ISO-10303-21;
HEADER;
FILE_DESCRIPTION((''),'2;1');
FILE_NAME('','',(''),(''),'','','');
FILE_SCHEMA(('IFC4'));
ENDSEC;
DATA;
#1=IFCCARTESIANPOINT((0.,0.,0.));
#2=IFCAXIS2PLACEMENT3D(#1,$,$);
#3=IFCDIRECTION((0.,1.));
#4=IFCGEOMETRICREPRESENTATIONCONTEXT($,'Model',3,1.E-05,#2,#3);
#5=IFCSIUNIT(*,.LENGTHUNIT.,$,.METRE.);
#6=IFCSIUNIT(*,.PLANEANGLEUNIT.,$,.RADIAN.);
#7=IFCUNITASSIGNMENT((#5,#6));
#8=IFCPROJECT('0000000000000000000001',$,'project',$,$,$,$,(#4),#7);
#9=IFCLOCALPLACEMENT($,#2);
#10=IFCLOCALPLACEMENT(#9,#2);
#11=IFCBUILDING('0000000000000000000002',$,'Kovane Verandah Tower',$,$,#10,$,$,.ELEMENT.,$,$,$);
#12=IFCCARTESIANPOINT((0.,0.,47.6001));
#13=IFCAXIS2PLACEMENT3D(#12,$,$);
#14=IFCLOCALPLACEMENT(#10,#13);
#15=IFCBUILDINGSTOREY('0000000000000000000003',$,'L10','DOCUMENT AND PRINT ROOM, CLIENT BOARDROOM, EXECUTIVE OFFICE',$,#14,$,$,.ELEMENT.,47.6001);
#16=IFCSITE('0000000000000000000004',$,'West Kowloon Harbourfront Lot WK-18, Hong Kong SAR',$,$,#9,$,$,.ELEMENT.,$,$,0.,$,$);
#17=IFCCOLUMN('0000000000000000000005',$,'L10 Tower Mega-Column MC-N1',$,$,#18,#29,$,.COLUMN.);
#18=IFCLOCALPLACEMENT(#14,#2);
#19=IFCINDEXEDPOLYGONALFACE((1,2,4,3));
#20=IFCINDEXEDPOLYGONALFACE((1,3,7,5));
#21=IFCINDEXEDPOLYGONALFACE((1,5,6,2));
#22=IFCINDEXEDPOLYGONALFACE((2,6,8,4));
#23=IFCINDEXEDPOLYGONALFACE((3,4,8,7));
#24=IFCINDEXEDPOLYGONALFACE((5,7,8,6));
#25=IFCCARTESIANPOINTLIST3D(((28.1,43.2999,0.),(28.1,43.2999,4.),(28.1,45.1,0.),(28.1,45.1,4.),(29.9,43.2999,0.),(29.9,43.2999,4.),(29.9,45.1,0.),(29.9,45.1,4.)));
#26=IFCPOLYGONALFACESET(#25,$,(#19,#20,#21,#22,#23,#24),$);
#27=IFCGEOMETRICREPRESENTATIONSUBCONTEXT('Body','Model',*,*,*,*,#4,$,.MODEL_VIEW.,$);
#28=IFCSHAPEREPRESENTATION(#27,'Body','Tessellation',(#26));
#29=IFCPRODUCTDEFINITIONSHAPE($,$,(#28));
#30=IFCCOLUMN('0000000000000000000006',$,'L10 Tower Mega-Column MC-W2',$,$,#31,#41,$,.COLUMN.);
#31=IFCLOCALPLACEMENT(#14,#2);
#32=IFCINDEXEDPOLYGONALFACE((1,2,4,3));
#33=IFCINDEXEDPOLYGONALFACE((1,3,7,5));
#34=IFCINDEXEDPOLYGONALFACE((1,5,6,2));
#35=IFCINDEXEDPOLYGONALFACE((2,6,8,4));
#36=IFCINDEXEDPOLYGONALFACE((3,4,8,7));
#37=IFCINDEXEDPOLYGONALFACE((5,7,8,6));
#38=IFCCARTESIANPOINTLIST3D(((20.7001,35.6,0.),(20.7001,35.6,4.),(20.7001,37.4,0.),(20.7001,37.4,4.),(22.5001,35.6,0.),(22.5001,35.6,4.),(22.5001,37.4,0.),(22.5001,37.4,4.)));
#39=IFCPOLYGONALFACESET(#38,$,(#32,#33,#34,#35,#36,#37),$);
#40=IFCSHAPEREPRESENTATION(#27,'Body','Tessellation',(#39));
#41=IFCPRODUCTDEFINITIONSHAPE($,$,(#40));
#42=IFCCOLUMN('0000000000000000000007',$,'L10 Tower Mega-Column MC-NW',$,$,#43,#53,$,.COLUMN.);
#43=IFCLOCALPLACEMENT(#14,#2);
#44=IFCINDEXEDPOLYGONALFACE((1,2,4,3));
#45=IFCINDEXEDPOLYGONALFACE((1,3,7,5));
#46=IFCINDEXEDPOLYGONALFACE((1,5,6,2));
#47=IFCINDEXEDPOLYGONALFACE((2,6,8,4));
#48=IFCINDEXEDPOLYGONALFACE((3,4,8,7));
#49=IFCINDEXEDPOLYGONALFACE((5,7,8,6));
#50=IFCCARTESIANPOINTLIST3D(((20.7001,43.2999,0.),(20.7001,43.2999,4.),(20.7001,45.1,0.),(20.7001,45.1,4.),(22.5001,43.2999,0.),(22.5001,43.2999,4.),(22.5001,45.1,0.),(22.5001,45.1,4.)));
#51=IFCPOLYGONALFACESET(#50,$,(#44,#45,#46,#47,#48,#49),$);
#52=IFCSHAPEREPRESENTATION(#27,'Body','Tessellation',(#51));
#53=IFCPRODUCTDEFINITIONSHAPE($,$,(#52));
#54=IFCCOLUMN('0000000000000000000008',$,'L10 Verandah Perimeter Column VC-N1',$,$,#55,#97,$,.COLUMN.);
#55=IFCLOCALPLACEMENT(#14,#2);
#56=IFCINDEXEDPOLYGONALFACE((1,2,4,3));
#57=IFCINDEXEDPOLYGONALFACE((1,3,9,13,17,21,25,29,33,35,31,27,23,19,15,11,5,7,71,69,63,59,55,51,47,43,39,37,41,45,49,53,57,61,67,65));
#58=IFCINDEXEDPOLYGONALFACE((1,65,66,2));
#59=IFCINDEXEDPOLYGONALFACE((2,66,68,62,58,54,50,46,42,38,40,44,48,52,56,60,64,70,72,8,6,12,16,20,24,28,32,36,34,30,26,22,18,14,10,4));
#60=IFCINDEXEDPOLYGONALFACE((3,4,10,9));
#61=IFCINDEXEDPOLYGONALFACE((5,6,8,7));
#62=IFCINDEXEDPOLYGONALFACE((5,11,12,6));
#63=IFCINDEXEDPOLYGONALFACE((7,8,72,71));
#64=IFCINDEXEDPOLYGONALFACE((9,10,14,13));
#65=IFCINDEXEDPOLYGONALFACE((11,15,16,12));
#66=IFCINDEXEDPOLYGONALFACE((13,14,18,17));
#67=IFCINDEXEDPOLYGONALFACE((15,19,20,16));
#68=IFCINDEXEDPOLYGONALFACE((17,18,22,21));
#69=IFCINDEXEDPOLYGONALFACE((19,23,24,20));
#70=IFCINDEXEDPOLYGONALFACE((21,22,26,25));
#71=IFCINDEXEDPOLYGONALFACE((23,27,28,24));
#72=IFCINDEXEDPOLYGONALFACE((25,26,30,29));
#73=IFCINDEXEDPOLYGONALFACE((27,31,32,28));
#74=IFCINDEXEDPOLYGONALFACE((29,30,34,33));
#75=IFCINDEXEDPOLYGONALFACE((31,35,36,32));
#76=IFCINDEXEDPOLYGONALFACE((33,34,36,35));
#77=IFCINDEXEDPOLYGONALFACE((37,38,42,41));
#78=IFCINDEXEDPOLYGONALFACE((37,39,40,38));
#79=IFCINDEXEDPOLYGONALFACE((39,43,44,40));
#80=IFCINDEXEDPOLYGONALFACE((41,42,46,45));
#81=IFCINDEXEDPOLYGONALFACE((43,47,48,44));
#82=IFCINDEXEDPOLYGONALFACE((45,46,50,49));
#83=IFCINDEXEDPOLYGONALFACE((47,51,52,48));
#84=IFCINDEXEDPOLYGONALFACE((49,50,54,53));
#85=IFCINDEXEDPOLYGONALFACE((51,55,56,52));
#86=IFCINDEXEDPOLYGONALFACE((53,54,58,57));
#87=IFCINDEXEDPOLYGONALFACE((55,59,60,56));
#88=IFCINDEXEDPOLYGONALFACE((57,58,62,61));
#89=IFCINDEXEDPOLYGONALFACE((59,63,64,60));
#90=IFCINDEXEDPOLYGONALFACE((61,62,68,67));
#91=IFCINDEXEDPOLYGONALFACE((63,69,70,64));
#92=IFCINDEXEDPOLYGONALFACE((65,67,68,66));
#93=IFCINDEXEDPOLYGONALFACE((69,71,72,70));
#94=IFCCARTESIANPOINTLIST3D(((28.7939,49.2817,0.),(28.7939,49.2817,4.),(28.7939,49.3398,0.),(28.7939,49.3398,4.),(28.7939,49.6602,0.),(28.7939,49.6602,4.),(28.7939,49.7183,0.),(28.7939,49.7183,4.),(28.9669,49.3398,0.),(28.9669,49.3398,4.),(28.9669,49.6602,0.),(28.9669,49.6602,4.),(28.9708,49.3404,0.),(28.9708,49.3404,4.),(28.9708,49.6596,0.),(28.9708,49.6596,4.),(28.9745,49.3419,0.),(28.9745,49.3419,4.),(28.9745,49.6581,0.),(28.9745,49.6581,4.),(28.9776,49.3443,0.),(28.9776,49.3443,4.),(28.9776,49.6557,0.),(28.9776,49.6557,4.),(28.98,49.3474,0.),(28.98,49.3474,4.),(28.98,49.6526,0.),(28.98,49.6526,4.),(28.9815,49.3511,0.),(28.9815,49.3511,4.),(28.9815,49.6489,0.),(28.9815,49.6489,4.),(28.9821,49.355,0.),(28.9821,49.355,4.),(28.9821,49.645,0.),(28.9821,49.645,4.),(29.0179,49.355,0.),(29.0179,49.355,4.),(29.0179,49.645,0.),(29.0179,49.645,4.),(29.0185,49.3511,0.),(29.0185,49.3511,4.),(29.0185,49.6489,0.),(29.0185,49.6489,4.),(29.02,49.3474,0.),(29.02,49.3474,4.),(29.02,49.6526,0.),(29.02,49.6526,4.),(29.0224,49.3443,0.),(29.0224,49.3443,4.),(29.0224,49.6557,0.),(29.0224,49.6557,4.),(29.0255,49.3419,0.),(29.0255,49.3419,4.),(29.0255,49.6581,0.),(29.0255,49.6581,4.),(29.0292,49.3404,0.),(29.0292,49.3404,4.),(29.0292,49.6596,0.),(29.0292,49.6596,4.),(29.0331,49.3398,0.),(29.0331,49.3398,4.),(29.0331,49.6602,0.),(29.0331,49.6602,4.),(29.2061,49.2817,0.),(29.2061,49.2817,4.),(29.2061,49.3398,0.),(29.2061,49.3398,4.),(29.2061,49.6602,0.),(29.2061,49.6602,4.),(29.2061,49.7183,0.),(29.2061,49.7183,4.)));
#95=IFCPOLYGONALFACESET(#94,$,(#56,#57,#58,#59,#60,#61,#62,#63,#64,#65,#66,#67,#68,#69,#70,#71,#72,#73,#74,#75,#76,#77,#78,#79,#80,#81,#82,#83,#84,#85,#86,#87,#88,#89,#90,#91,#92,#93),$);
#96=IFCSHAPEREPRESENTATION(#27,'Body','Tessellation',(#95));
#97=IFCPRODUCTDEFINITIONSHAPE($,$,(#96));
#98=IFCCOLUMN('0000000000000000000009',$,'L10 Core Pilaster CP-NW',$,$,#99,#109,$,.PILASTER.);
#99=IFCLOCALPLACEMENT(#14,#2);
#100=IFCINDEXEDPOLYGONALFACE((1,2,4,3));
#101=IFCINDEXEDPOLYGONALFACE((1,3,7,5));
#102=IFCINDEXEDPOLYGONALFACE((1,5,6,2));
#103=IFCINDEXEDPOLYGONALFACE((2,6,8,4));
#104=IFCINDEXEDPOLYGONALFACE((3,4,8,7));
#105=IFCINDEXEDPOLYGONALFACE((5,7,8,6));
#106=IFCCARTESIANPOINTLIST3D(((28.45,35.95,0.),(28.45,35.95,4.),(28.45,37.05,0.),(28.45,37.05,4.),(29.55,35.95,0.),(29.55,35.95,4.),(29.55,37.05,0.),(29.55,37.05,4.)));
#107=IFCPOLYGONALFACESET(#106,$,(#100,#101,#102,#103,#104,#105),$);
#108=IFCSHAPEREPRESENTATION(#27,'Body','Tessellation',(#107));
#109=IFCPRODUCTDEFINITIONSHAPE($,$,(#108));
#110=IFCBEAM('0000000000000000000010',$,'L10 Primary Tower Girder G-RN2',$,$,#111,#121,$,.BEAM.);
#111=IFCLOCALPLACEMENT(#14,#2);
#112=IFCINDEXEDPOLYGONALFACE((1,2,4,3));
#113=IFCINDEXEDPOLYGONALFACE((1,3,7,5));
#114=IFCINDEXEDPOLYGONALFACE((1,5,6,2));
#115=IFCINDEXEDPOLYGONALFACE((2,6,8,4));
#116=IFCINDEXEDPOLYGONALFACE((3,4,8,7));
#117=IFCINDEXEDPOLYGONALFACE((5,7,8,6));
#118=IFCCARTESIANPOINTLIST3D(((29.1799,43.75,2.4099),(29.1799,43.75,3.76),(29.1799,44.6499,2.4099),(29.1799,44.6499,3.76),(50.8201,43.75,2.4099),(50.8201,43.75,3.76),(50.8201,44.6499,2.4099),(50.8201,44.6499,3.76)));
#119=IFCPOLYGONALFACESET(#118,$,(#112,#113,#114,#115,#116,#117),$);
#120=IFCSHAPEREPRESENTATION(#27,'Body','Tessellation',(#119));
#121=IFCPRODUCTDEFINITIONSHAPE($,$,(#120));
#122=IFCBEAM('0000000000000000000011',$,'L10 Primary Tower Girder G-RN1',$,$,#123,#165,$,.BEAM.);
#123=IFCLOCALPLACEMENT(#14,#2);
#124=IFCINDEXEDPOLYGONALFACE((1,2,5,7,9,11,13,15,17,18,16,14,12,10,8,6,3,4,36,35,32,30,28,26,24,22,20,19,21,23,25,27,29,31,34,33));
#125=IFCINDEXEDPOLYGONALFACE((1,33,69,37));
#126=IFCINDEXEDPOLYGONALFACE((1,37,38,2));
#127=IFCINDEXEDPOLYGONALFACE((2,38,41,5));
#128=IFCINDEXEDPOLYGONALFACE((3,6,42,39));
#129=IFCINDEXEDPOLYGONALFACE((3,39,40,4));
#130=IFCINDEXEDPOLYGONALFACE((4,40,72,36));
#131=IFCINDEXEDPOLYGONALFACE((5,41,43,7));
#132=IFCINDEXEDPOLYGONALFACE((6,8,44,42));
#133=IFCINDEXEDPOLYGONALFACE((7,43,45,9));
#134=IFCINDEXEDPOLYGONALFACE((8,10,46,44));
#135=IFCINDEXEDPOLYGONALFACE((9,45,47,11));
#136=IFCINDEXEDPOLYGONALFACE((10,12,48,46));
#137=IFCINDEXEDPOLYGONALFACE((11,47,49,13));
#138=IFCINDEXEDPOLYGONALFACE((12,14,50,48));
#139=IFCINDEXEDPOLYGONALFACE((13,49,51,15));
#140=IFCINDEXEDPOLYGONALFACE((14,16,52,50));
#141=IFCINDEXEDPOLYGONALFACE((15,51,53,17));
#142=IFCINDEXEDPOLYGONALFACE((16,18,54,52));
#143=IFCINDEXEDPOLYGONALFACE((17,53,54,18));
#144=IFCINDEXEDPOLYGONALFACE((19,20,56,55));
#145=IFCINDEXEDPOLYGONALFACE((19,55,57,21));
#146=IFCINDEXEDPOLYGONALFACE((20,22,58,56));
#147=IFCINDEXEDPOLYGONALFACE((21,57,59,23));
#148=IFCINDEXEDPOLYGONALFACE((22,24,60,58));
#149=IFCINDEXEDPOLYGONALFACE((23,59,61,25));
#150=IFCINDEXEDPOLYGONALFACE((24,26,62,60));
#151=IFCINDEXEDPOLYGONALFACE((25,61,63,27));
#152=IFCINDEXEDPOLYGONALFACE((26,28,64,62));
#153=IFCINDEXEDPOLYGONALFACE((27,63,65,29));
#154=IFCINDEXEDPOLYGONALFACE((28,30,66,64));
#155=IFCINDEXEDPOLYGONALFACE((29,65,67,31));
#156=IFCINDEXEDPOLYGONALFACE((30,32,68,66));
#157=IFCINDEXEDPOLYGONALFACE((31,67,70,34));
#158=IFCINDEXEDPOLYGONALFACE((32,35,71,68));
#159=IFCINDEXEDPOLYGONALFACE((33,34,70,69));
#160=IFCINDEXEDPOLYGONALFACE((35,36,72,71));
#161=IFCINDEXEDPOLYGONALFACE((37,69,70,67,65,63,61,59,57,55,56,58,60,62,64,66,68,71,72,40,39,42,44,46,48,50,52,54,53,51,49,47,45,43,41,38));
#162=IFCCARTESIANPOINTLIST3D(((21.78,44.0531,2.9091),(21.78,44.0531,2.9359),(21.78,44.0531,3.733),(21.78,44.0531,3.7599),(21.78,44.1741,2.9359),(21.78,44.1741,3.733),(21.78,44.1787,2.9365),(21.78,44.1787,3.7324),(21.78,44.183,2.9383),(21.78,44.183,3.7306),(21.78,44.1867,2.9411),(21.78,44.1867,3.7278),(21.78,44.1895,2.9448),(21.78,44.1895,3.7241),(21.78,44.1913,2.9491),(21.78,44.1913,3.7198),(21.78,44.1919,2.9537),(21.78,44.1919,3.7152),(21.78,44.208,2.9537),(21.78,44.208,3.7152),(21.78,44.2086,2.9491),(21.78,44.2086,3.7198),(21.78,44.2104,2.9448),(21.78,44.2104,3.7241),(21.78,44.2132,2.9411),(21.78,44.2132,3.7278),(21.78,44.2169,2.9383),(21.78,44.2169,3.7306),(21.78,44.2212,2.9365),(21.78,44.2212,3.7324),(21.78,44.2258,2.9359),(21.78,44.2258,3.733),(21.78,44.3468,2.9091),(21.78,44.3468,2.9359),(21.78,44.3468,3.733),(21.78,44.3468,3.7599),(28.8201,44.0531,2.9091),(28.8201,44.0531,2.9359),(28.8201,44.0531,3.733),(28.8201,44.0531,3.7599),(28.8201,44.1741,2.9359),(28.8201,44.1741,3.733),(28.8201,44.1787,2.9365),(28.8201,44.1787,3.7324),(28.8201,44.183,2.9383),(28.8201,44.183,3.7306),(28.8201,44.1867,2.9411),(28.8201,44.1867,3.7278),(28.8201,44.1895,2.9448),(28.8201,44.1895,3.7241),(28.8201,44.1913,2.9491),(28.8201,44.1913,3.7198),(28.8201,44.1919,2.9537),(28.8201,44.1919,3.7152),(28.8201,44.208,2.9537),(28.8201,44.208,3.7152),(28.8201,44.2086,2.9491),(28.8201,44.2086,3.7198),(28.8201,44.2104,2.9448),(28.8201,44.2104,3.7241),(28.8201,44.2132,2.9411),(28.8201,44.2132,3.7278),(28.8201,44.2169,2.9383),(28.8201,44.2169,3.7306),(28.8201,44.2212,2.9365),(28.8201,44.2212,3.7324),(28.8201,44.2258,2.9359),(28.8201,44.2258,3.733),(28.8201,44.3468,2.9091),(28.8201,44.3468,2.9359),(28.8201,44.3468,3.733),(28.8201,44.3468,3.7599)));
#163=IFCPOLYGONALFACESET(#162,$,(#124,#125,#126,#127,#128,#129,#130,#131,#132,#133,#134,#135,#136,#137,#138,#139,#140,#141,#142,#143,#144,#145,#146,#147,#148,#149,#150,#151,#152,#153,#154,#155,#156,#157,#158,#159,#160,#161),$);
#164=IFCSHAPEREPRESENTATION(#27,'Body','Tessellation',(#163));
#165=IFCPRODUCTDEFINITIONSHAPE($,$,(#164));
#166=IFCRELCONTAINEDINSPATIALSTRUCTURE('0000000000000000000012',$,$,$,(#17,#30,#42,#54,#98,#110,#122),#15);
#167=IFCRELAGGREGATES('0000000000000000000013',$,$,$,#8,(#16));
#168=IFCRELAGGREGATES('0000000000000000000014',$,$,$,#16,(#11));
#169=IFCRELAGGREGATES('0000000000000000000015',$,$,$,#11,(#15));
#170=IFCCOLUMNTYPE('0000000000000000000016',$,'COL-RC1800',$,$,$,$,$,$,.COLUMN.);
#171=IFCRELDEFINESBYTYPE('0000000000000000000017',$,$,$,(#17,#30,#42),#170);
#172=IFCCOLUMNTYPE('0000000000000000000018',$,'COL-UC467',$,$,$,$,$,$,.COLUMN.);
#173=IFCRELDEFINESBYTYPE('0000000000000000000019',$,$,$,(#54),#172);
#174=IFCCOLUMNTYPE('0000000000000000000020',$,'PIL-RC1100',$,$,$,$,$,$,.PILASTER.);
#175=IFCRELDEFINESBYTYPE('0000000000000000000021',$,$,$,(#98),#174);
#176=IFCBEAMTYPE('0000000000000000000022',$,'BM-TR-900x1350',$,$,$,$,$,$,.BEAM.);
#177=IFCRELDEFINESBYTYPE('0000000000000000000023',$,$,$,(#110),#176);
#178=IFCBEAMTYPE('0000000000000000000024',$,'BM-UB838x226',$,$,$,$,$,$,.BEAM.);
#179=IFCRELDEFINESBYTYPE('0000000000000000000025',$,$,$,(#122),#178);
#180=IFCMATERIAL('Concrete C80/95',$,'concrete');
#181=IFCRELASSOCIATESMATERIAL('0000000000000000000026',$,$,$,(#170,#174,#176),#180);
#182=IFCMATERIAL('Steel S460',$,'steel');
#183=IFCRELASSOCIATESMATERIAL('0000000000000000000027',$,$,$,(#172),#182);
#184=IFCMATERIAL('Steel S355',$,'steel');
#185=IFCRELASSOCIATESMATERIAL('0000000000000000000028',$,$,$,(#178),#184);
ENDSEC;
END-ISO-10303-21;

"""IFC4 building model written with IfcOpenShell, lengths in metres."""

from ifc_helpers import new_model, si_unit, direction, frame, origin, origin_2d, place, context, subcontext, project, spatial, rectangle, i_section, extrude, material, material_profile, profile_set, type_object, element, save


model = new_model("IFC4")

# Units and contexts
model_context = context("Model", 3, precision=1e-05, world=origin(), true_north=direction((0.0, 1.0)))
body_context = subcontext(model_context, "Body", "Model", "MODEL_VIEW")
ifc_project = project(units=[si_unit("LENGTHUNIT", "METRE"), si_unit("PLANEANGLEUNIT", "RADIAN")], contexts=[model_context])

# Site, building, storey
site_placement = place(None, origin())
site = spatial("IfcSite", under=ifc_project, at=site_placement, Name="West Kowloon Harbourfront Lot WK-18, Hong Kong SAR", CompositionType="ELEMENT", RefElevation=0.0)
building_placement = place(site_placement, origin())
building = spatial("IfcBuilding", under=site, at=building_placement, Name="Kovane Verandah Tower", CompositionType="ELEMENT")
storey_placement = place(building_placement, frame((0.0, 0.0, 47.6001)))
storey = spatial("IfcBuildingStorey", under=building, at=storey_placement, Name="L10", Description="DOCUMENT AND PRINT ROOM, CLIENT BOARDROOM, EXECUTIVE OFFICE", CompositionType="ELEMENT", Elevation=47.6001)

# Columns
ifc_material_1 = material(Name="Concrete C80/95", Category="concrete")
ifc_material_profile_1 = material_profile(ifc_material_1, rectangle(XDim=1.8, YDim=1.8, at=origin_2d()), Name="RC1800x1800")
ifc_profile_set_1 = profile_set([ifc_material_profile_1], Name="Concrete C80/95")
column_type_1 = type_object("IfcColumnType", Name="COL-RC1800", PredefinedType="COLUMN", material=ifc_profile_set_1)
for number, where, z_axis, x_axis, name in (
    (1, (29.0, 44.2, 0.0), (0.0, 0.0, 1.0), (1.0, 0.0, 0.0), "L10 Tower Mega-Column MC-N1"),
    (2, (21.6001, 36.5, 0.0), (0.0, 0.0, 1.0), (1.0, 0.0, 0.0), "L10 Tower Mega-Column MC-W2"),
    (3, (21.6001, 44.2, 0.0), (0.0, 0.0, 1.0), (1.0, 0.0, 0.0), "L10 Tower Mega-Column MC-NW"),
):
    element("IfcColumn", number, at=place(storey_placement, frame(where, z_axis=z_axis, x_axis=x_axis)), inside=storey, type_object=column_type_1, Name=name, PredefinedType="COLUMN", context=body_context, shape_type="SweptSolid", body=[
        extrude(rectangle(XDim=1.8, YDim=1.8, at=origin_2d()), origin(), (0.0, 0.0, 1.0), 4.0),
    ])
ifc_material_2 = material(Name="Steel S460", Category="steel")
ifc_material_profile_2 = material_profile(ifc_material_2, i_section(OverallWidth=0.4121, OverallDepth=0.4365, WebThickness=0.0359, FlangeThickness=0.0581, FilletRadius=0.0151, at=origin_2d()), Name="UC356x406x467")
ifc_profile_set_2 = profile_set([ifc_material_profile_2], Name="Steel S460")
column_type_2 = type_object("IfcColumnType", Name="COL-UC467", PredefinedType="COLUMN", material=ifc_profile_set_2)
column_1_placement = place(storey_placement, frame((29.0, 49.5, 0.0), z_axis=(0.0, 0.0, 1.0), x_axis=(1.0, 0.0, 0.0)))
element("IfcColumn", 4, at=column_1_placement, inside=storey, type_object=column_type_2, Name="L10 Verandah Perimeter Column VC-N1", PredefinedType="COLUMN", context=body_context, shape_type="SweptSolid", body=[
    extrude(i_section(OverallWidth=0.4121, OverallDepth=0.4365, WebThickness=0.0359, FlangeThickness=0.0581, FilletRadius=0.0151, at=origin_2d()), origin(), (0.0, 0.0, 1.0), 4.0),
])
ifc_material_profile_3 = material_profile(ifc_material_1, rectangle(XDim=1.1001, YDim=1.1001, at=origin_2d()), Name="RC1100x1100")
ifc_profile_set_3 = profile_set([ifc_material_profile_3], Name="Concrete C80/95")
column_type_3 = type_object("IfcColumnType", Name="PIL-RC1100", PredefinedType="PILASTER", material=ifc_profile_set_3)
column_2_placement = place(storey_placement, frame((29.0, 36.5, 0.0), z_axis=(0.0, 0.0, 1.0), x_axis=(1.0, 0.0, 0.0)))
element("IfcColumn", 5, at=column_2_placement, inside=storey, type_object=column_type_3, Name="L10 Core Pilaster CP-NW", PredefinedType="PILASTER", context=body_context, shape_type="SweptSolid", body=[
    extrude(rectangle(XDim=1.1001, YDim=1.1001, at=origin_2d()), origin(), (0.0, 0.0, 1.0), 4.0),
])

# Beams
ifc_material_profile_4 = material_profile(ifc_material_1, rectangle(XDim=0.8999, YDim=1.3501, at=origin_2d()), Name="RCB900x1350")
ifc_profile_set_4 = profile_set([ifc_material_profile_4], Name="Concrete C80/95")
beam_type_1 = type_object("IfcBeamType", Name="BM-TR-900x1350", PredefinedType="BEAM", material=ifc_profile_set_4)
beam_1_placement = place(storey_placement, frame((29.1799, 44.2, 3.085), z_axis=(1.0, 0.0, 0.0), x_axis=(0.0, 1.0, 0.0)))
element("IfcBeam", 6, at=beam_1_placement, inside=storey, type_object=beam_type_1, Name="L10 Primary Tower Girder G-RN2", PredefinedType="BEAM", context=body_context, shape_type="SweptSolid", body=[
    extrude(rectangle(XDim=0.8999, YDim=1.3501, at=origin_2d()), origin(), (0.0, 0.0, 1.0), 21.6401),
])
ifc_material_3 = material(Name="Steel S355", Category="steel")
ifc_material_profile_5 = material_profile(ifc_material_3, i_section(OverallWidth=0.2937, OverallDepth=0.8508, WebThickness=0.0161, FlangeThickness=0.0269, FilletRadius=0.0178, at=origin_2d()), Name="UB838x292x226")
ifc_profile_set_5 = profile_set([ifc_material_profile_5], Name="Steel S355")
beam_type_2 = type_object("IfcBeamType", Name="BM-UB838x226", PredefinedType="BEAM", material=ifc_profile_set_5)
beam_2_placement = place(storey_placement, frame((21.78, 44.2, 3.3345), z_axis=(1.0, 0.0, 0.0), x_axis=(0.0, 1.0, 0.0)))
element("IfcBeam", 7, at=beam_2_placement, inside=storey, type_object=beam_type_2, Name="L10 Primary Tower Girder G-RN1", PredefinedType="BEAM", context=body_context, shape_type="SweptSolid", body=[
    extrude(i_section(OverallWidth=0.2937, OverallDepth=0.8508, WebThickness=0.0161, FlangeThickness=0.0269, FilletRadius=0.0178, at=origin_2d()), origin(), (0.0, 0.0, 1.0), 7.04),
])

save(model, "model.ifc")
